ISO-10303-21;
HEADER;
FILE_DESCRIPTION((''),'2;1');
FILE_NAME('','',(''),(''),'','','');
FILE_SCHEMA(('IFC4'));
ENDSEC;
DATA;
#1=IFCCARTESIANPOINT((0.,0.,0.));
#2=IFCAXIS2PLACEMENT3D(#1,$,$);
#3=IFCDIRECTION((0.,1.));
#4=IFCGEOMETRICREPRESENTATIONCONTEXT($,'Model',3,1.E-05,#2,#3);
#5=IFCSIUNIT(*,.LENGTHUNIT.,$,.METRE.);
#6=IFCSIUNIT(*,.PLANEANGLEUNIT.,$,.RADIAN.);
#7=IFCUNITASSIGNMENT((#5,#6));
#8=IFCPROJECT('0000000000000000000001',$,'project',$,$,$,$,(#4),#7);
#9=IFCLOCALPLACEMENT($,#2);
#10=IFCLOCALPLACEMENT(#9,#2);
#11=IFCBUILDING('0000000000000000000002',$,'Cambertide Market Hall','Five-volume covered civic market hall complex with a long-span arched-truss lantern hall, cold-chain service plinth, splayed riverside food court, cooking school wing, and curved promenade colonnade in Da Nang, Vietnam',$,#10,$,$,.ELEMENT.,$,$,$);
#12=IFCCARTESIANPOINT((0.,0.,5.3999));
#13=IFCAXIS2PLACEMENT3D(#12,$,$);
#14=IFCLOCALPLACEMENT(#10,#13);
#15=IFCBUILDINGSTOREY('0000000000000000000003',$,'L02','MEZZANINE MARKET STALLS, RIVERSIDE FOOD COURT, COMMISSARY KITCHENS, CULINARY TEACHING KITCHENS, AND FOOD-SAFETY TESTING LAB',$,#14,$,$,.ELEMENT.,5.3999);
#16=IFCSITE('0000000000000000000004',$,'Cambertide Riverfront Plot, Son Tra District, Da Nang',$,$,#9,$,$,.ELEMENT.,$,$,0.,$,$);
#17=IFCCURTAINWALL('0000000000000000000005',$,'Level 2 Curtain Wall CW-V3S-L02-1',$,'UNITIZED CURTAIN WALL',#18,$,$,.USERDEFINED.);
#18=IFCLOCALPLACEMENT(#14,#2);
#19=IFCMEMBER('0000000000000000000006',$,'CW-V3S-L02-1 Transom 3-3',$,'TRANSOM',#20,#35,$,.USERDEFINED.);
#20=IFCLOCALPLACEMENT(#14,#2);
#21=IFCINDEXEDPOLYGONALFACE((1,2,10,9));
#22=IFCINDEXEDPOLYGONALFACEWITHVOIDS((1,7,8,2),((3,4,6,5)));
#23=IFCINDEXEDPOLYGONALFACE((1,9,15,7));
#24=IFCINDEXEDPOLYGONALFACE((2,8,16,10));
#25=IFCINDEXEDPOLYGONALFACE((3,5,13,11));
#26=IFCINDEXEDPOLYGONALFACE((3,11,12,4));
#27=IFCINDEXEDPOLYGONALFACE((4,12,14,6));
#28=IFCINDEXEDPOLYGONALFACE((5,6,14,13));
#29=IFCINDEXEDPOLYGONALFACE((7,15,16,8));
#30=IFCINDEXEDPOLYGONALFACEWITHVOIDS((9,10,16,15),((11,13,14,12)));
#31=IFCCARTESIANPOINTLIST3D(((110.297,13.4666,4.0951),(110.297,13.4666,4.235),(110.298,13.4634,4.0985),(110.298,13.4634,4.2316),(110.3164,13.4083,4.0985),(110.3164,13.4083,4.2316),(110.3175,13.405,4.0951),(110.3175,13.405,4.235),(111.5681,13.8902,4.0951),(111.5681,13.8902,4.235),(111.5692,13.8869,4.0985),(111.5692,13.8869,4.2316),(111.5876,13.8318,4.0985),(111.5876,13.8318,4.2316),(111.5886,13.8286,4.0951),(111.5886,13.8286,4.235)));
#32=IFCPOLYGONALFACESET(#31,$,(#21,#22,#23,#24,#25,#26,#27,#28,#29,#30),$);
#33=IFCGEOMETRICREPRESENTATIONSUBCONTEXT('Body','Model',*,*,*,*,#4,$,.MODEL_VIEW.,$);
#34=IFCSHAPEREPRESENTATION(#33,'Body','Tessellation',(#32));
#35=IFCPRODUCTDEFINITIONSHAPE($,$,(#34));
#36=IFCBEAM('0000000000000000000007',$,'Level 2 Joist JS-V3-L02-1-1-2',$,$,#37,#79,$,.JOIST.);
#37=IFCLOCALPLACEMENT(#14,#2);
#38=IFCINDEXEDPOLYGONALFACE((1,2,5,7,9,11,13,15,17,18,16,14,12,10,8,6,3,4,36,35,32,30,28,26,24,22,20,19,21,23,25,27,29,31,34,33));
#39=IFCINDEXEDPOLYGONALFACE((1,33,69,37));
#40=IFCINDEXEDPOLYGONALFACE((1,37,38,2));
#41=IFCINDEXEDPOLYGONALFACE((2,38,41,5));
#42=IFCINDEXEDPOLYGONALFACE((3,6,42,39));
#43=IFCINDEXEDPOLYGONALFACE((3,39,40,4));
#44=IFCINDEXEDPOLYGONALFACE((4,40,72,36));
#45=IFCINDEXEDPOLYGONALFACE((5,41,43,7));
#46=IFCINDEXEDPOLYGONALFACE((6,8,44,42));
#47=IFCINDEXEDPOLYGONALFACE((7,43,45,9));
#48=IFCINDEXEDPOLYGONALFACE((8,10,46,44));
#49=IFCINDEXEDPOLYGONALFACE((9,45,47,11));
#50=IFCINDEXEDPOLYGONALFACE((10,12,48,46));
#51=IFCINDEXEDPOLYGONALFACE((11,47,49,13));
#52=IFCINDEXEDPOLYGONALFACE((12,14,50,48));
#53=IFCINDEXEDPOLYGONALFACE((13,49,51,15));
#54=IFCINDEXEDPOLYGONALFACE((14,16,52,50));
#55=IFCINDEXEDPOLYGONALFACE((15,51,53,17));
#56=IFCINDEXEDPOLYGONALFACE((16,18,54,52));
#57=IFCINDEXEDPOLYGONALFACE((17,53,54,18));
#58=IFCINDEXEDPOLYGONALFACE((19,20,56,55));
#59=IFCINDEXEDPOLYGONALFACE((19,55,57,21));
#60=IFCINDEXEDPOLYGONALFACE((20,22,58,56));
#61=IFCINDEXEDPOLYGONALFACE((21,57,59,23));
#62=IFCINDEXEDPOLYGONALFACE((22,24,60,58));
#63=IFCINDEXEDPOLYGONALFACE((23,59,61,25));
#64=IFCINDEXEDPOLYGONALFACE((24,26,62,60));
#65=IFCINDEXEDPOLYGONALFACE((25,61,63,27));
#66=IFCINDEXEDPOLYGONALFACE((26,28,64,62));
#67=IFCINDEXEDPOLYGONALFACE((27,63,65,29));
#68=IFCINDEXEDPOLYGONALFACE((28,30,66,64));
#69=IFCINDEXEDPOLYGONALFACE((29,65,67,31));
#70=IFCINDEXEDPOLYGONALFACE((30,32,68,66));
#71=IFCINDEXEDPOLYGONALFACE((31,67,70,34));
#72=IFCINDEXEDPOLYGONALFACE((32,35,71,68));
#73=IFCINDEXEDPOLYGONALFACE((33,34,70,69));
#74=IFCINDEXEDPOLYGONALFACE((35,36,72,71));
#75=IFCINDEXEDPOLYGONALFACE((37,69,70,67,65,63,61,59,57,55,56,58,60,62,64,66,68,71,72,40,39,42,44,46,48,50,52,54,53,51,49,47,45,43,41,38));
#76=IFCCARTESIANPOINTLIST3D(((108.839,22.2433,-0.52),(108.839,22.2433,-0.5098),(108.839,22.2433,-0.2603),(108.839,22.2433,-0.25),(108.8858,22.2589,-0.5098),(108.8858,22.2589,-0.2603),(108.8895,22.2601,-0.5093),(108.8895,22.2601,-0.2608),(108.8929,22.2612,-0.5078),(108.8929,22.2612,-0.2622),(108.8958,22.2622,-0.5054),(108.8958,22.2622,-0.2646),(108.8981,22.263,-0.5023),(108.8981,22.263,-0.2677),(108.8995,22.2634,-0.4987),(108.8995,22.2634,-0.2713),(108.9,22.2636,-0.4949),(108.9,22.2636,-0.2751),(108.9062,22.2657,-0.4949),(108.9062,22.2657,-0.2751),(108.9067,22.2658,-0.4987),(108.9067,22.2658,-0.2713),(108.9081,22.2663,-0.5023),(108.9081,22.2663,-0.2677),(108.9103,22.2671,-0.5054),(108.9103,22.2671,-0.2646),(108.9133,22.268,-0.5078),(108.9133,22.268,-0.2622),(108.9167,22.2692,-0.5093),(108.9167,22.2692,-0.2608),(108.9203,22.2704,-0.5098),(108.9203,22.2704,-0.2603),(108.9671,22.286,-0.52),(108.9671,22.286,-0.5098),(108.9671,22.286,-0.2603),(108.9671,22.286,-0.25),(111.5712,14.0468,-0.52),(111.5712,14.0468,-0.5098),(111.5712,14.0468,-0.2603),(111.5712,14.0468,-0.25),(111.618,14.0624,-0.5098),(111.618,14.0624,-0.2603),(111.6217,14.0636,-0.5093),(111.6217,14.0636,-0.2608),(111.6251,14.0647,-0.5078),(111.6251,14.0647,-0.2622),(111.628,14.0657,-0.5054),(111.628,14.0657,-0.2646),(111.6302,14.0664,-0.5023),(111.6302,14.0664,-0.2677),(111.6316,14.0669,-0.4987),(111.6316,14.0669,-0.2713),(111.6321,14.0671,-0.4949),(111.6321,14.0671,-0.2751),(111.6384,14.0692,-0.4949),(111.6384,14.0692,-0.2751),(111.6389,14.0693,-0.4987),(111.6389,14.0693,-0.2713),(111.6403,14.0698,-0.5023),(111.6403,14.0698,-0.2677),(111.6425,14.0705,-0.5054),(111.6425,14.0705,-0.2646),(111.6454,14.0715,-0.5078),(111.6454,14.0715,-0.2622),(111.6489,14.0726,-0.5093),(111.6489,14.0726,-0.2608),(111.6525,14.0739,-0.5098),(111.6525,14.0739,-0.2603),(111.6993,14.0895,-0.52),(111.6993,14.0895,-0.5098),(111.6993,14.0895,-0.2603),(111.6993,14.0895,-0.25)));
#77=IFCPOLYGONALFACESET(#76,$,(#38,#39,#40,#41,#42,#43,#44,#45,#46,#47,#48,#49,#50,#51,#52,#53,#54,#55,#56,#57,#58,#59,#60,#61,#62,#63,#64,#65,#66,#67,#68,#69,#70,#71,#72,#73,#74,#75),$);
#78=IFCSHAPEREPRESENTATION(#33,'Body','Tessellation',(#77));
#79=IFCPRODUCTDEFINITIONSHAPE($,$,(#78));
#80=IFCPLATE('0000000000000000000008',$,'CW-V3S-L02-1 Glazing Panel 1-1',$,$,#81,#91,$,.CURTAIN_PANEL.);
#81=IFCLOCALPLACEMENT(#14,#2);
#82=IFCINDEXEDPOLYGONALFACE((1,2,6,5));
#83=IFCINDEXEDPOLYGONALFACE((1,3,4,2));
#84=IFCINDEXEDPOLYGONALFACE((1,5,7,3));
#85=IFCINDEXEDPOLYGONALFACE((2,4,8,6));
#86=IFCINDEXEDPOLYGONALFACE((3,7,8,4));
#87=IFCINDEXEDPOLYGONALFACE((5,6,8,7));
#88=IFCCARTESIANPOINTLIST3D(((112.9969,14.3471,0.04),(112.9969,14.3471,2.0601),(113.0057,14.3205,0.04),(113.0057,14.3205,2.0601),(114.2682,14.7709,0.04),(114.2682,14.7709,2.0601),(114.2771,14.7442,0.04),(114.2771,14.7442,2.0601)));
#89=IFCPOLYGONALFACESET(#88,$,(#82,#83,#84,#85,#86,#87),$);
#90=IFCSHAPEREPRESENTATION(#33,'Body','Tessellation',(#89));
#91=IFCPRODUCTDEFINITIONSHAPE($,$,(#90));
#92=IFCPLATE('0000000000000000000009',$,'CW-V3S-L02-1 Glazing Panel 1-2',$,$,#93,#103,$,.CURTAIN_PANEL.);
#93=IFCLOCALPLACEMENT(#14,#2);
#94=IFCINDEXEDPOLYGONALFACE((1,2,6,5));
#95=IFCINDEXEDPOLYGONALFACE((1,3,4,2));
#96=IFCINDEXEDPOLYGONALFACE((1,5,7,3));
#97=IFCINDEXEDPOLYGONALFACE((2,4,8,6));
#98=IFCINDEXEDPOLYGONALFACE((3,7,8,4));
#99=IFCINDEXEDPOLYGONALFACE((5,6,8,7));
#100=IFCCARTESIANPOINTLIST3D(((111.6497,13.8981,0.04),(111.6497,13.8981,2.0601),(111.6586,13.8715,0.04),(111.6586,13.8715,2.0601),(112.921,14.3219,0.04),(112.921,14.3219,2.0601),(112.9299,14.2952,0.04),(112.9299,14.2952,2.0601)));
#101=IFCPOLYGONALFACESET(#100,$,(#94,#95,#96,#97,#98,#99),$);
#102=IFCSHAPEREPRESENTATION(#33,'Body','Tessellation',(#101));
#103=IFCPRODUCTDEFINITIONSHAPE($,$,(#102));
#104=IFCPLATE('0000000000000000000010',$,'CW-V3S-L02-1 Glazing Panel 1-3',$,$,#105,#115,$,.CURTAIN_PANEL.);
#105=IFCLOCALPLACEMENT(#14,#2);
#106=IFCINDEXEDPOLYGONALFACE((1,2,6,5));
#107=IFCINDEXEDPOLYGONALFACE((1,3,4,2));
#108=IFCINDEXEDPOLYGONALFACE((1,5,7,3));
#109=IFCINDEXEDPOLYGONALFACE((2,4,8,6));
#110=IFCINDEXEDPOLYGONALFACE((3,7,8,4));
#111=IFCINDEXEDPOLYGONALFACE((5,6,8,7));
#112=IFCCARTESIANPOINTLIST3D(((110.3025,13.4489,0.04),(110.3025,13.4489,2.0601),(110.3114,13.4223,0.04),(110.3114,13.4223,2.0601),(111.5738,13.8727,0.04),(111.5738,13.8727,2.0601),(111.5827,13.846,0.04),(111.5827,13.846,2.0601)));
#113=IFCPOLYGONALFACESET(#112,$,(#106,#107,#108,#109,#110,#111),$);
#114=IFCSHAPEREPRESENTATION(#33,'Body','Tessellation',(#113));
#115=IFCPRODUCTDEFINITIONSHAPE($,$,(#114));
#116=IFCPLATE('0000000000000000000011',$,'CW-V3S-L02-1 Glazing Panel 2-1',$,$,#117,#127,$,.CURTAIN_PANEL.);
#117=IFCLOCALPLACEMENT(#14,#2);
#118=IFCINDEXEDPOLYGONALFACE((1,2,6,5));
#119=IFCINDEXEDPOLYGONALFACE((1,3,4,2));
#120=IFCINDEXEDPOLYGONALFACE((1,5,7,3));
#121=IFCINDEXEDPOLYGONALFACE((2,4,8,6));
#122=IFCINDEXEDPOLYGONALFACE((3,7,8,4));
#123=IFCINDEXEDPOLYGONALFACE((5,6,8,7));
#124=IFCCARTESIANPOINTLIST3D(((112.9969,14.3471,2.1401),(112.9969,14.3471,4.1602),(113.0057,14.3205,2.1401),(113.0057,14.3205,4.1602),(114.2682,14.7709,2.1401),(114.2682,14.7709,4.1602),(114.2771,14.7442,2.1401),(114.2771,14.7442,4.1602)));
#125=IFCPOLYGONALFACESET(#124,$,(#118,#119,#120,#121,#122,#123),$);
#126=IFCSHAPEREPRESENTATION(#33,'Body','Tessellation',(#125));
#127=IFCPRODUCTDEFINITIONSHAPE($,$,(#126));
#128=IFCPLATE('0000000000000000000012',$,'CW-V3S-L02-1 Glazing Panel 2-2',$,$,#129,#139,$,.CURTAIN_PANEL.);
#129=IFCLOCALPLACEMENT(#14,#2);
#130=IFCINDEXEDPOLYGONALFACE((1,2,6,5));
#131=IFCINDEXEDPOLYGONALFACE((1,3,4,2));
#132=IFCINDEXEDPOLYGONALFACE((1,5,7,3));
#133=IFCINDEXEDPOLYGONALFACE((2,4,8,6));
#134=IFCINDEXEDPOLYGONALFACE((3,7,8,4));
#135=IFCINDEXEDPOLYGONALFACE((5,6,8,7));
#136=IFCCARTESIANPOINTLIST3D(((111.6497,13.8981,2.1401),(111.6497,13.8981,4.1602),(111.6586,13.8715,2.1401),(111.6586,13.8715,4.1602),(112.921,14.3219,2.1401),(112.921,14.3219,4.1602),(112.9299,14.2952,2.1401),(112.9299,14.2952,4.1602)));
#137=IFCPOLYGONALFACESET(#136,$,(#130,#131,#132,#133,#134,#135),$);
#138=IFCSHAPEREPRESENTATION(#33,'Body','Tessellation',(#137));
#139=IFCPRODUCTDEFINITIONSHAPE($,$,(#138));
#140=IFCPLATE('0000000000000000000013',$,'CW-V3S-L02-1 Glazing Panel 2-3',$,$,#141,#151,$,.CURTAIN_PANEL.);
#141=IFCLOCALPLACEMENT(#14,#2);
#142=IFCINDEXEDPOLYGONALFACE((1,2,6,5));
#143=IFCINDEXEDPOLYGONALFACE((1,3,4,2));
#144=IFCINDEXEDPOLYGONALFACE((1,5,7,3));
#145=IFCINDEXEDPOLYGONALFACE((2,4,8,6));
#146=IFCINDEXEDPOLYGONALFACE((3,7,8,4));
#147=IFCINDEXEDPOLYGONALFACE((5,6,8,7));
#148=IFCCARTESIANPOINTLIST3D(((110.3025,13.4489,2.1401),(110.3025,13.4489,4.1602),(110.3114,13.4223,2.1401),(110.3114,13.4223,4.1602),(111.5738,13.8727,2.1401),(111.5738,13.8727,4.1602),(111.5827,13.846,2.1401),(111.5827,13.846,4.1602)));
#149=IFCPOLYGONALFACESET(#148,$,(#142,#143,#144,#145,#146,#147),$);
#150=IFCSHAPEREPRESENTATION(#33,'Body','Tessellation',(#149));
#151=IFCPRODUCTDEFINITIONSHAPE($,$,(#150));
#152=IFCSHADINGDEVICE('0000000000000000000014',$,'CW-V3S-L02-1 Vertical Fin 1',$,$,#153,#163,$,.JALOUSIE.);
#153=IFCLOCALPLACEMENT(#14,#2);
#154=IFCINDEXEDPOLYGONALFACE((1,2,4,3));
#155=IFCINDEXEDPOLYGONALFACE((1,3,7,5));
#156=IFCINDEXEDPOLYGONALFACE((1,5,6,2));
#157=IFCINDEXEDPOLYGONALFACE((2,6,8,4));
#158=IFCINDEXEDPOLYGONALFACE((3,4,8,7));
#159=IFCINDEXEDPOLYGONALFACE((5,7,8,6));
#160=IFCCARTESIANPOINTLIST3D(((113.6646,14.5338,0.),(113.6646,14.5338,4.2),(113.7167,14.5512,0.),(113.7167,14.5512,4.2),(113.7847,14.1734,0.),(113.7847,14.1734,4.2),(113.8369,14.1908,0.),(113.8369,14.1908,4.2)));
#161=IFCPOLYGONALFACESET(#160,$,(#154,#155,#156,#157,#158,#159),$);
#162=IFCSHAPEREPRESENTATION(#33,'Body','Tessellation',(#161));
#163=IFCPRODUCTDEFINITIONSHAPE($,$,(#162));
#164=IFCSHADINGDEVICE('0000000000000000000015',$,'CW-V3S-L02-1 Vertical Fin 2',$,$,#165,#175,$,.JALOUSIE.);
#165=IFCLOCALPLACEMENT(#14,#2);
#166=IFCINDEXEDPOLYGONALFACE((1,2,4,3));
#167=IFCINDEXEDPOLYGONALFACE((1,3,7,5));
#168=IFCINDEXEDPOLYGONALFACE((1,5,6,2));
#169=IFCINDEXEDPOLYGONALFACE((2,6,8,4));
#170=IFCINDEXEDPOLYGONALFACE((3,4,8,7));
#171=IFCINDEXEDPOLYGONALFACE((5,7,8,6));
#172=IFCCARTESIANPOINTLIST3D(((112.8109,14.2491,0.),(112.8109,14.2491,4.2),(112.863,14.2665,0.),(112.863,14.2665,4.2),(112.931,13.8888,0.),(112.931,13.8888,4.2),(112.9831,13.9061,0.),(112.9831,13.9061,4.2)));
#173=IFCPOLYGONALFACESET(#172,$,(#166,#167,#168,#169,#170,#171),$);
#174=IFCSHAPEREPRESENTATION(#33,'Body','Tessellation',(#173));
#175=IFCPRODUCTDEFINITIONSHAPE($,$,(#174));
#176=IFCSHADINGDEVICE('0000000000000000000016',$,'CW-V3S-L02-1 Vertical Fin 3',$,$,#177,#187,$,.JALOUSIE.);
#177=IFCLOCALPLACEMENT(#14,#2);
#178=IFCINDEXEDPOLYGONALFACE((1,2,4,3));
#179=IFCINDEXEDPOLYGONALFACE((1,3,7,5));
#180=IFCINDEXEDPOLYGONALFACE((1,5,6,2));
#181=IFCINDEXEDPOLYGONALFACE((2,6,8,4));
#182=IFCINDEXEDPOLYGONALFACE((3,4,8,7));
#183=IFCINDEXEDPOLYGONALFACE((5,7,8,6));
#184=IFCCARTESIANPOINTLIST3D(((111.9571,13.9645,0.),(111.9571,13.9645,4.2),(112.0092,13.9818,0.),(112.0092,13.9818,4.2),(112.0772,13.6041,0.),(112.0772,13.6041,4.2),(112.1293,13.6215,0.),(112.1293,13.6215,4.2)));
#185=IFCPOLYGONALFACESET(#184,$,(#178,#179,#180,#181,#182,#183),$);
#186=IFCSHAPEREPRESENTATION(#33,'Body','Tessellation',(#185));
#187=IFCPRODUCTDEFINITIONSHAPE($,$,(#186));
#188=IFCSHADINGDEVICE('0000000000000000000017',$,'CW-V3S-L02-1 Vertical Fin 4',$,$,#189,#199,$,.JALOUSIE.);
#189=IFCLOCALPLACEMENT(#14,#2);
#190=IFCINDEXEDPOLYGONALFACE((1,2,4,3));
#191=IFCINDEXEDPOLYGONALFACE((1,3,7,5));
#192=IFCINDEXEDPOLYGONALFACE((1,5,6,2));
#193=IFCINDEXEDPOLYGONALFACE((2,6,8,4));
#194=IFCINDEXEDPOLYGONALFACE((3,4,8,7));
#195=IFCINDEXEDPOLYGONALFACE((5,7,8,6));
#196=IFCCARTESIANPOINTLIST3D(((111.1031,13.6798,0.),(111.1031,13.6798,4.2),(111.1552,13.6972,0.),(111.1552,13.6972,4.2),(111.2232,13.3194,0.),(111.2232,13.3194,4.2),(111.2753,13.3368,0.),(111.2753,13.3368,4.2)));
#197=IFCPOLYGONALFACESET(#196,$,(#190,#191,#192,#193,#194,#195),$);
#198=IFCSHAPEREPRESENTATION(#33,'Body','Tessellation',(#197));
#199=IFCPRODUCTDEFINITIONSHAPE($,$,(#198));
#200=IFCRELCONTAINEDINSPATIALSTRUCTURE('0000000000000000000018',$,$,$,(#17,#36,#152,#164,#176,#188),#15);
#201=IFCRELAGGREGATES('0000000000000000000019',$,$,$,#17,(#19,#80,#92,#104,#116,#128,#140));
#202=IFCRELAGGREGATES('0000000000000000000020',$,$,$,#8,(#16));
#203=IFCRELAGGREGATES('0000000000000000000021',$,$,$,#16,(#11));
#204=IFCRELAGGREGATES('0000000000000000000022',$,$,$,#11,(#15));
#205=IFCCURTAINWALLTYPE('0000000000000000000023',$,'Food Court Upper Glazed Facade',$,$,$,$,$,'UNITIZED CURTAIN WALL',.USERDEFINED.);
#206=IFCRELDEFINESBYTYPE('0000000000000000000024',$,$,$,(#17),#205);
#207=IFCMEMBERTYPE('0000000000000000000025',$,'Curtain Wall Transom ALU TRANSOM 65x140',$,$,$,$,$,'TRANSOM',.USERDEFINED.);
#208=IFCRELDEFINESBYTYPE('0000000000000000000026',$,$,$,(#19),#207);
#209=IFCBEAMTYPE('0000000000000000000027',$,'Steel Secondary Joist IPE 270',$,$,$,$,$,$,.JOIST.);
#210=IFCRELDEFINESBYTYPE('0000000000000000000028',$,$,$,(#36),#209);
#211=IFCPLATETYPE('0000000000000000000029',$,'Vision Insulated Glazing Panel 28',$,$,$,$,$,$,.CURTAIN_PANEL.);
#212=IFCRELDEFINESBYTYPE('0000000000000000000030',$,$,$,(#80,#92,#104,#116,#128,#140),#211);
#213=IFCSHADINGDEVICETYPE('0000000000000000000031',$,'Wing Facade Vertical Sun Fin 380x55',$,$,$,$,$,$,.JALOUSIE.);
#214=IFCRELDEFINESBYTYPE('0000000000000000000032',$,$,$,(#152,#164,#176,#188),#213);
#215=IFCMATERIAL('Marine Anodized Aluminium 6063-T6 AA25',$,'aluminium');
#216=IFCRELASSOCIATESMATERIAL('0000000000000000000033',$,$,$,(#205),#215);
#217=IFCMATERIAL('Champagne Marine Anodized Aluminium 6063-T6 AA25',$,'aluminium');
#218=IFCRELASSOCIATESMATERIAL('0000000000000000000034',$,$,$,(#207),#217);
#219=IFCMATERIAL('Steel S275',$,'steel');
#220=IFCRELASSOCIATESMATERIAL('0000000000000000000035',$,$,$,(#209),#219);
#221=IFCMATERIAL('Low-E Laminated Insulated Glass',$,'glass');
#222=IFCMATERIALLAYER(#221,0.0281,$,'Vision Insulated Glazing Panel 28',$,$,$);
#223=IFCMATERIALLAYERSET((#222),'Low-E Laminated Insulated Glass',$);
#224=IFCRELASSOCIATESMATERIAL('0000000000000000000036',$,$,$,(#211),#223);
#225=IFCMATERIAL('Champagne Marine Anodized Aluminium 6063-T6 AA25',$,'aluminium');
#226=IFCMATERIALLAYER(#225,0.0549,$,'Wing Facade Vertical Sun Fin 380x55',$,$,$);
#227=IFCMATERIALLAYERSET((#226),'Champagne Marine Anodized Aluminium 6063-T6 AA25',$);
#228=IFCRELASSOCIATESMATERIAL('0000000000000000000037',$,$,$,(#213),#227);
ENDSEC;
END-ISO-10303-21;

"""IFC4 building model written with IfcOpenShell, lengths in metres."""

from ifc_helpers import new_model, si_unit, direction, frame, origin, origin_2d, place, context, subcontext, project, spatial, rectangle, hollow_rectangle, i_section, extrude, material, layer, layer_set, material_profile, profile_set, type_object, element, aggregate, save


model = new_model("IFC4")

# Units and contexts
model_context = context("Model", 3, precision=1e-05, world=origin(), true_north=direction((0.0, 1.0)))
body_context = subcontext(model_context, "Body", "Model", "MODEL_VIEW")
ifc_project = project(units=[si_unit("LENGTHUNIT", "METRE"), si_unit("PLANEANGLEUNIT", "RADIAN")], contexts=[model_context])

# Site, building, storey
site_placement = place(None, origin())
site = spatial("IfcSite", under=ifc_project, at=site_placement, Name="Cambertide Riverfront Plot, Son Tra District, Da Nang", CompositionType="ELEMENT", RefElevation=0.0)
building_placement = place(site_placement, origin())
building = spatial("IfcBuilding", under=site, at=building_placement, Name="Cambertide Market Hall", Description="Five-volume covered civic market hall complex with a long-span arched-truss lantern hall, cold-chain service plinth, splayed riverside food court, cooking school wing, and curved promenade colonnade in Da Nang, Vietnam", CompositionType="ELEMENT")
storey_placement = place(building_placement, frame((0.0, 0.0, 5.3999)))
storey = spatial("IfcBuildingStorey", under=building, at=storey_placement, Name="L02", Description="MEZZANINE MARKET STALLS, RIVERSIDE FOOD COURT, COMMISSARY KITCHENS, CULINARY TEACHING KITCHENS, AND FOOD-SAFETY TESTING LAB", CompositionType="ELEMENT", Elevation=5.3999)

# Curtain wall, member
ifc_material_1 = material(Name="Marine Anodized Aluminium 6063-T6 AA25", Category="aluminium")
curtain_wall_type = type_object("IfcCurtainWallType", Name="Food Court Upper Glazed Facade", ElementType="UNITIZED CURTAIN WALL", PredefinedType="USERDEFINED", material=ifc_material_1)
curtain_wall_placement = place(storey_placement, origin())
curtain_wall = element("IfcCurtainWall", 1, at=curtain_wall_placement, inside=storey, type_object=curtain_wall_type, Name="Level 2 Curtain Wall CW-V3S-L02-1", ObjectType="UNITIZED CURTAIN WALL", PredefinedType="USERDEFINED")
ifc_material_2 = material(Name="Champagne Marine Anodized Aluminium 6063-T6 AA25", Category="aluminium")
ifc_material_profile_1 = material_profile(ifc_material_2, hollow_rectangle(XDim=0.0649, YDim=0.1399, WallThickness=0.0034, at=origin_2d()), Name="ALU TRANSOM 65x140")
ifc_profile_set_1 = profile_set([ifc_material_profile_1], Name="Champagne Marine Anodized Aluminium 6063-T6 AA25")
member_type_1 = type_object("IfcMemberType", Name="Curtain Wall Transom ALU TRANSOM 65x140", ElementType="TRANSOM", PredefinedType="USERDEFINED", material=ifc_profile_set_1)
member_1_placement = place(storey_placement, frame((111.5784, 13.8594, 4.165), z_axis=(-0.94872, -0.316118, 0.0), x_axis=(0.316118, -0.94872, 0.0)))
member_1 = element("IfcMember", 2, at=member_1_placement, type_object=member_type_1, Name="CW-V3S-L02-1 Transom 3-3", ObjectType="TRANSOM", PredefinedType="USERDEFINED", context=body_context, shape_type="SweptSolid", body=[
    extrude(hollow_rectangle(XDim=0.0649, YDim=0.1399, WallThickness=0.0034, at=origin_2d()), origin(), (0.0, 0.0, 1.0), 1.3398),
])

# Beam
ifc_material_3 = material(Name="Steel S275", Category="steel")
ifc_material_profile_2 = material_profile(ifc_material_3, i_section(OverallWidth=0.135, OverallDepth=0.27, WebThickness=0.0066, FlangeThickness=0.0103, FilletRadius=0.0149, at=origin_2d()), Name="IPE 270")
ifc_profile_set_2 = profile_set([ifc_material_profile_2], Name="Steel S275")
beam_type = type_object("IfcBeamType", Name="Steel Secondary Joist IPE 270", PredefinedType="JOIST", material=ifc_profile_set_2)
beam_placement = place(storey_placement, frame((111.6353, 14.0681, -0.385), z_axis=(-0.316228, 0.948683, 0.0), x_axis=(-0.948683, -0.316228, 0.0)))
element("IfcBeam", 3, at=beam_placement, inside=storey, type_object=beam_type, Name="Level 2 Joist JS-V3-L02-1-1-2", PredefinedType="JOIST", context=body_context, shape_type="SweptSolid", body=[
    extrude(i_section(OverallWidth=0.135, OverallDepth=0.27, WebThickness=0.0066, FlangeThickness=0.0103, FilletRadius=0.0149, at=origin_2d()), origin(), (0.0, 0.0, 1.0), 8.6399),
])

# Plates
ifc_material_4 = material(Name="Low-E Laminated Insulated Glass", Category="glass")
ifc_layer_1 = layer(ifc_material_4, 0.0281, Name="Vision Insulated Glazing Panel 28")
ifc_layer_set_1 = layer_set([ifc_layer_1], Name="Low-E Laminated Insulated Glass")
plate_type = type_object("IfcPlateType", Name="Vision Insulated Glazing Panel 28", PredefinedType="CURTAIN_PANEL", material=ifc_layer_set_1)
plate_1_placement = place(storey_placement, frame((113.637, 14.5457, 0.04), z_axis=(0.0, 0.0, 1.0), x_axis=(-0.948683, -0.316228, 0.0)))
plate_1 = element("IfcPlate", 4, at=plate_1_placement, type_object=plate_type, Name="CW-V3S-L02-1 Glazing Panel 1-1", PredefinedType="CURTAIN_PANEL", context=body_context, shape_type="SweptSolid", body=[
    extrude(rectangle(XDim=1.3401, YDim=0.0281, at=origin_2d()), origin(), (0.0, 0.0, 1.0), 2.02),
])
plate_2_placement = place(storey_placement, frame((112.2898, 14.0967, 0.04), z_axis=(0.0, 0.0, 1.0), x_axis=(-0.948683, -0.316228, 0.0)))
plate_2 = element("IfcPlate", 5, at=plate_2_placement, type_object=plate_type, Name="CW-V3S-L02-1 Glazing Panel 1-2", PredefinedType="CURTAIN_PANEL", context=body_context, shape_type="SweptSolid", body=[
    extrude(rectangle(XDim=1.3401, YDim=0.0281, at=origin_2d()), origin(), (0.0, 0.0, 1.0), 2.02),
])
plate_3_placement = place(storey_placement, frame((110.9426, 13.6475, 0.04), z_axis=(0.0, 0.0, 1.0), x_axis=(-0.948683, -0.316228, 0.0)))
plate_3 = element("IfcPlate", 6, at=plate_3_placement, type_object=plate_type, Name="CW-V3S-L02-1 Glazing Panel 1-3", PredefinedType="CURTAIN_PANEL", context=body_context, shape_type="SweptSolid", body=[
    extrude(rectangle(XDim=1.3401, YDim=0.0281, at=origin_2d()), origin(), (0.0, 0.0, 1.0), 2.02),
])
plate_4_placement = place(storey_placement, frame((113.637, 14.5457, 2.1401), z_axis=(0.0, 0.0, 1.0), x_axis=(-0.948683, -0.316228, 0.0)))
plate_4 = element("IfcPlate", 7, at=plate_4_placement, type_object=plate_type, Name="CW-V3S-L02-1 Glazing Panel 2-1", PredefinedType="CURTAIN_PANEL", context=body_context, shape_type="SweptSolid", body=[
    extrude(rectangle(XDim=1.3401, YDim=0.0281, at=origin_2d()), origin(), (0.0, 0.0, 1.0), 2.02),
])
plate_5_placement = place(storey_placement, frame((112.2898, 14.0967, 2.1401), z_axis=(0.0, 0.0, 1.0), x_axis=(-0.948683, -0.316228, 0.0)))
plate_5 = element("IfcPlate", 8, at=plate_5_placement, type_object=plate_type, Name="CW-V3S-L02-1 Glazing Panel 2-2", PredefinedType="CURTAIN_PANEL", context=body_context, shape_type="SweptSolid", body=[
    extrude(rectangle(XDim=1.3401, YDim=0.0281, at=origin_2d()), origin(), (0.0, 0.0, 1.0), 2.02),
])
plate_6_placement = place(storey_placement, frame((110.9426, 13.6475, 2.1401), z_axis=(0.0, 0.0, 1.0), x_axis=(-0.948683, -0.316228, 0.0)))
plate_6 = element("IfcPlate", 9, at=plate_6_placement, type_object=plate_type, Name="CW-V3S-L02-1 Glazing Panel 2-3", PredefinedType="CURTAIN_PANEL", context=body_context, shape_type="SweptSolid", body=[
    extrude(rectangle(XDim=1.3401, YDim=0.0281, at=origin_2d()), origin(), (0.0, 0.0, 1.0), 2.02),
])
aggregate(curtain_wall, [member_1, plate_1, plate_2, plate_3, plate_4, plate_5, plate_6])

# Shading devices
ifc_material_5 = material(Name="Champagne Marine Anodized Aluminium 6063-T6 AA25", Category="aluminium")
ifc_layer_2 = layer(ifc_material_5, 0.0549, Name="Wing Facade Vertical Sun Fin 380x55")
ifc_layer_set_2 = layer_set([ifc_layer_2], Name="Champagne Marine Anodized Aluminium 6063-T6 AA25")
shading_device_type = type_object("IfcShadingDeviceType", Name="Wing Facade Vertical Sun Fin 380x55", PredefinedType="JALOUSIE", material=ifc_layer_set_2)
for number, where, z_axis, x_axis, name in (
    (10, (113.7507, 14.3623, 0.0), (0.0, 0.0, 1.0), (-0.948683, -0.316228, 0.0), "CW-V3S-L02-1 Vertical Fin 1"),
    (11, (112.897, 14.0776, 0.0), (0.0, 0.0, 1.0), (-0.948683, -0.316228, 0.0), "CW-V3S-L02-1 Vertical Fin 2"),
    (12, (112.0432, 13.793, 0.0), (0.0, 0.0, 1.0), (-0.948683, -0.316228, 0.0), "CW-V3S-L02-1 Vertical Fin 3"),
    (13, (111.1892, 13.5083, 0.0), (0.0, 0.0, 1.0), (-0.948683, -0.316228, 0.0), "CW-V3S-L02-1 Vertical Fin 4"),
):
    element("IfcShadingDevice", number, at=place(storey_placement, frame(where, z_axis=z_axis, x_axis=x_axis)), inside=storey, type_object=shading_device_type, Name=name, PredefinedType="JALOUSIE", context=body_context, shape_type="SweptSolid", body=[
        extrude(rectangle(XDim=0.0549, YDim=0.3799, at=origin_2d()), origin(), (0.0, 0.0, 1.0), 4.2),
    ])

save(model, "model.ifc")
